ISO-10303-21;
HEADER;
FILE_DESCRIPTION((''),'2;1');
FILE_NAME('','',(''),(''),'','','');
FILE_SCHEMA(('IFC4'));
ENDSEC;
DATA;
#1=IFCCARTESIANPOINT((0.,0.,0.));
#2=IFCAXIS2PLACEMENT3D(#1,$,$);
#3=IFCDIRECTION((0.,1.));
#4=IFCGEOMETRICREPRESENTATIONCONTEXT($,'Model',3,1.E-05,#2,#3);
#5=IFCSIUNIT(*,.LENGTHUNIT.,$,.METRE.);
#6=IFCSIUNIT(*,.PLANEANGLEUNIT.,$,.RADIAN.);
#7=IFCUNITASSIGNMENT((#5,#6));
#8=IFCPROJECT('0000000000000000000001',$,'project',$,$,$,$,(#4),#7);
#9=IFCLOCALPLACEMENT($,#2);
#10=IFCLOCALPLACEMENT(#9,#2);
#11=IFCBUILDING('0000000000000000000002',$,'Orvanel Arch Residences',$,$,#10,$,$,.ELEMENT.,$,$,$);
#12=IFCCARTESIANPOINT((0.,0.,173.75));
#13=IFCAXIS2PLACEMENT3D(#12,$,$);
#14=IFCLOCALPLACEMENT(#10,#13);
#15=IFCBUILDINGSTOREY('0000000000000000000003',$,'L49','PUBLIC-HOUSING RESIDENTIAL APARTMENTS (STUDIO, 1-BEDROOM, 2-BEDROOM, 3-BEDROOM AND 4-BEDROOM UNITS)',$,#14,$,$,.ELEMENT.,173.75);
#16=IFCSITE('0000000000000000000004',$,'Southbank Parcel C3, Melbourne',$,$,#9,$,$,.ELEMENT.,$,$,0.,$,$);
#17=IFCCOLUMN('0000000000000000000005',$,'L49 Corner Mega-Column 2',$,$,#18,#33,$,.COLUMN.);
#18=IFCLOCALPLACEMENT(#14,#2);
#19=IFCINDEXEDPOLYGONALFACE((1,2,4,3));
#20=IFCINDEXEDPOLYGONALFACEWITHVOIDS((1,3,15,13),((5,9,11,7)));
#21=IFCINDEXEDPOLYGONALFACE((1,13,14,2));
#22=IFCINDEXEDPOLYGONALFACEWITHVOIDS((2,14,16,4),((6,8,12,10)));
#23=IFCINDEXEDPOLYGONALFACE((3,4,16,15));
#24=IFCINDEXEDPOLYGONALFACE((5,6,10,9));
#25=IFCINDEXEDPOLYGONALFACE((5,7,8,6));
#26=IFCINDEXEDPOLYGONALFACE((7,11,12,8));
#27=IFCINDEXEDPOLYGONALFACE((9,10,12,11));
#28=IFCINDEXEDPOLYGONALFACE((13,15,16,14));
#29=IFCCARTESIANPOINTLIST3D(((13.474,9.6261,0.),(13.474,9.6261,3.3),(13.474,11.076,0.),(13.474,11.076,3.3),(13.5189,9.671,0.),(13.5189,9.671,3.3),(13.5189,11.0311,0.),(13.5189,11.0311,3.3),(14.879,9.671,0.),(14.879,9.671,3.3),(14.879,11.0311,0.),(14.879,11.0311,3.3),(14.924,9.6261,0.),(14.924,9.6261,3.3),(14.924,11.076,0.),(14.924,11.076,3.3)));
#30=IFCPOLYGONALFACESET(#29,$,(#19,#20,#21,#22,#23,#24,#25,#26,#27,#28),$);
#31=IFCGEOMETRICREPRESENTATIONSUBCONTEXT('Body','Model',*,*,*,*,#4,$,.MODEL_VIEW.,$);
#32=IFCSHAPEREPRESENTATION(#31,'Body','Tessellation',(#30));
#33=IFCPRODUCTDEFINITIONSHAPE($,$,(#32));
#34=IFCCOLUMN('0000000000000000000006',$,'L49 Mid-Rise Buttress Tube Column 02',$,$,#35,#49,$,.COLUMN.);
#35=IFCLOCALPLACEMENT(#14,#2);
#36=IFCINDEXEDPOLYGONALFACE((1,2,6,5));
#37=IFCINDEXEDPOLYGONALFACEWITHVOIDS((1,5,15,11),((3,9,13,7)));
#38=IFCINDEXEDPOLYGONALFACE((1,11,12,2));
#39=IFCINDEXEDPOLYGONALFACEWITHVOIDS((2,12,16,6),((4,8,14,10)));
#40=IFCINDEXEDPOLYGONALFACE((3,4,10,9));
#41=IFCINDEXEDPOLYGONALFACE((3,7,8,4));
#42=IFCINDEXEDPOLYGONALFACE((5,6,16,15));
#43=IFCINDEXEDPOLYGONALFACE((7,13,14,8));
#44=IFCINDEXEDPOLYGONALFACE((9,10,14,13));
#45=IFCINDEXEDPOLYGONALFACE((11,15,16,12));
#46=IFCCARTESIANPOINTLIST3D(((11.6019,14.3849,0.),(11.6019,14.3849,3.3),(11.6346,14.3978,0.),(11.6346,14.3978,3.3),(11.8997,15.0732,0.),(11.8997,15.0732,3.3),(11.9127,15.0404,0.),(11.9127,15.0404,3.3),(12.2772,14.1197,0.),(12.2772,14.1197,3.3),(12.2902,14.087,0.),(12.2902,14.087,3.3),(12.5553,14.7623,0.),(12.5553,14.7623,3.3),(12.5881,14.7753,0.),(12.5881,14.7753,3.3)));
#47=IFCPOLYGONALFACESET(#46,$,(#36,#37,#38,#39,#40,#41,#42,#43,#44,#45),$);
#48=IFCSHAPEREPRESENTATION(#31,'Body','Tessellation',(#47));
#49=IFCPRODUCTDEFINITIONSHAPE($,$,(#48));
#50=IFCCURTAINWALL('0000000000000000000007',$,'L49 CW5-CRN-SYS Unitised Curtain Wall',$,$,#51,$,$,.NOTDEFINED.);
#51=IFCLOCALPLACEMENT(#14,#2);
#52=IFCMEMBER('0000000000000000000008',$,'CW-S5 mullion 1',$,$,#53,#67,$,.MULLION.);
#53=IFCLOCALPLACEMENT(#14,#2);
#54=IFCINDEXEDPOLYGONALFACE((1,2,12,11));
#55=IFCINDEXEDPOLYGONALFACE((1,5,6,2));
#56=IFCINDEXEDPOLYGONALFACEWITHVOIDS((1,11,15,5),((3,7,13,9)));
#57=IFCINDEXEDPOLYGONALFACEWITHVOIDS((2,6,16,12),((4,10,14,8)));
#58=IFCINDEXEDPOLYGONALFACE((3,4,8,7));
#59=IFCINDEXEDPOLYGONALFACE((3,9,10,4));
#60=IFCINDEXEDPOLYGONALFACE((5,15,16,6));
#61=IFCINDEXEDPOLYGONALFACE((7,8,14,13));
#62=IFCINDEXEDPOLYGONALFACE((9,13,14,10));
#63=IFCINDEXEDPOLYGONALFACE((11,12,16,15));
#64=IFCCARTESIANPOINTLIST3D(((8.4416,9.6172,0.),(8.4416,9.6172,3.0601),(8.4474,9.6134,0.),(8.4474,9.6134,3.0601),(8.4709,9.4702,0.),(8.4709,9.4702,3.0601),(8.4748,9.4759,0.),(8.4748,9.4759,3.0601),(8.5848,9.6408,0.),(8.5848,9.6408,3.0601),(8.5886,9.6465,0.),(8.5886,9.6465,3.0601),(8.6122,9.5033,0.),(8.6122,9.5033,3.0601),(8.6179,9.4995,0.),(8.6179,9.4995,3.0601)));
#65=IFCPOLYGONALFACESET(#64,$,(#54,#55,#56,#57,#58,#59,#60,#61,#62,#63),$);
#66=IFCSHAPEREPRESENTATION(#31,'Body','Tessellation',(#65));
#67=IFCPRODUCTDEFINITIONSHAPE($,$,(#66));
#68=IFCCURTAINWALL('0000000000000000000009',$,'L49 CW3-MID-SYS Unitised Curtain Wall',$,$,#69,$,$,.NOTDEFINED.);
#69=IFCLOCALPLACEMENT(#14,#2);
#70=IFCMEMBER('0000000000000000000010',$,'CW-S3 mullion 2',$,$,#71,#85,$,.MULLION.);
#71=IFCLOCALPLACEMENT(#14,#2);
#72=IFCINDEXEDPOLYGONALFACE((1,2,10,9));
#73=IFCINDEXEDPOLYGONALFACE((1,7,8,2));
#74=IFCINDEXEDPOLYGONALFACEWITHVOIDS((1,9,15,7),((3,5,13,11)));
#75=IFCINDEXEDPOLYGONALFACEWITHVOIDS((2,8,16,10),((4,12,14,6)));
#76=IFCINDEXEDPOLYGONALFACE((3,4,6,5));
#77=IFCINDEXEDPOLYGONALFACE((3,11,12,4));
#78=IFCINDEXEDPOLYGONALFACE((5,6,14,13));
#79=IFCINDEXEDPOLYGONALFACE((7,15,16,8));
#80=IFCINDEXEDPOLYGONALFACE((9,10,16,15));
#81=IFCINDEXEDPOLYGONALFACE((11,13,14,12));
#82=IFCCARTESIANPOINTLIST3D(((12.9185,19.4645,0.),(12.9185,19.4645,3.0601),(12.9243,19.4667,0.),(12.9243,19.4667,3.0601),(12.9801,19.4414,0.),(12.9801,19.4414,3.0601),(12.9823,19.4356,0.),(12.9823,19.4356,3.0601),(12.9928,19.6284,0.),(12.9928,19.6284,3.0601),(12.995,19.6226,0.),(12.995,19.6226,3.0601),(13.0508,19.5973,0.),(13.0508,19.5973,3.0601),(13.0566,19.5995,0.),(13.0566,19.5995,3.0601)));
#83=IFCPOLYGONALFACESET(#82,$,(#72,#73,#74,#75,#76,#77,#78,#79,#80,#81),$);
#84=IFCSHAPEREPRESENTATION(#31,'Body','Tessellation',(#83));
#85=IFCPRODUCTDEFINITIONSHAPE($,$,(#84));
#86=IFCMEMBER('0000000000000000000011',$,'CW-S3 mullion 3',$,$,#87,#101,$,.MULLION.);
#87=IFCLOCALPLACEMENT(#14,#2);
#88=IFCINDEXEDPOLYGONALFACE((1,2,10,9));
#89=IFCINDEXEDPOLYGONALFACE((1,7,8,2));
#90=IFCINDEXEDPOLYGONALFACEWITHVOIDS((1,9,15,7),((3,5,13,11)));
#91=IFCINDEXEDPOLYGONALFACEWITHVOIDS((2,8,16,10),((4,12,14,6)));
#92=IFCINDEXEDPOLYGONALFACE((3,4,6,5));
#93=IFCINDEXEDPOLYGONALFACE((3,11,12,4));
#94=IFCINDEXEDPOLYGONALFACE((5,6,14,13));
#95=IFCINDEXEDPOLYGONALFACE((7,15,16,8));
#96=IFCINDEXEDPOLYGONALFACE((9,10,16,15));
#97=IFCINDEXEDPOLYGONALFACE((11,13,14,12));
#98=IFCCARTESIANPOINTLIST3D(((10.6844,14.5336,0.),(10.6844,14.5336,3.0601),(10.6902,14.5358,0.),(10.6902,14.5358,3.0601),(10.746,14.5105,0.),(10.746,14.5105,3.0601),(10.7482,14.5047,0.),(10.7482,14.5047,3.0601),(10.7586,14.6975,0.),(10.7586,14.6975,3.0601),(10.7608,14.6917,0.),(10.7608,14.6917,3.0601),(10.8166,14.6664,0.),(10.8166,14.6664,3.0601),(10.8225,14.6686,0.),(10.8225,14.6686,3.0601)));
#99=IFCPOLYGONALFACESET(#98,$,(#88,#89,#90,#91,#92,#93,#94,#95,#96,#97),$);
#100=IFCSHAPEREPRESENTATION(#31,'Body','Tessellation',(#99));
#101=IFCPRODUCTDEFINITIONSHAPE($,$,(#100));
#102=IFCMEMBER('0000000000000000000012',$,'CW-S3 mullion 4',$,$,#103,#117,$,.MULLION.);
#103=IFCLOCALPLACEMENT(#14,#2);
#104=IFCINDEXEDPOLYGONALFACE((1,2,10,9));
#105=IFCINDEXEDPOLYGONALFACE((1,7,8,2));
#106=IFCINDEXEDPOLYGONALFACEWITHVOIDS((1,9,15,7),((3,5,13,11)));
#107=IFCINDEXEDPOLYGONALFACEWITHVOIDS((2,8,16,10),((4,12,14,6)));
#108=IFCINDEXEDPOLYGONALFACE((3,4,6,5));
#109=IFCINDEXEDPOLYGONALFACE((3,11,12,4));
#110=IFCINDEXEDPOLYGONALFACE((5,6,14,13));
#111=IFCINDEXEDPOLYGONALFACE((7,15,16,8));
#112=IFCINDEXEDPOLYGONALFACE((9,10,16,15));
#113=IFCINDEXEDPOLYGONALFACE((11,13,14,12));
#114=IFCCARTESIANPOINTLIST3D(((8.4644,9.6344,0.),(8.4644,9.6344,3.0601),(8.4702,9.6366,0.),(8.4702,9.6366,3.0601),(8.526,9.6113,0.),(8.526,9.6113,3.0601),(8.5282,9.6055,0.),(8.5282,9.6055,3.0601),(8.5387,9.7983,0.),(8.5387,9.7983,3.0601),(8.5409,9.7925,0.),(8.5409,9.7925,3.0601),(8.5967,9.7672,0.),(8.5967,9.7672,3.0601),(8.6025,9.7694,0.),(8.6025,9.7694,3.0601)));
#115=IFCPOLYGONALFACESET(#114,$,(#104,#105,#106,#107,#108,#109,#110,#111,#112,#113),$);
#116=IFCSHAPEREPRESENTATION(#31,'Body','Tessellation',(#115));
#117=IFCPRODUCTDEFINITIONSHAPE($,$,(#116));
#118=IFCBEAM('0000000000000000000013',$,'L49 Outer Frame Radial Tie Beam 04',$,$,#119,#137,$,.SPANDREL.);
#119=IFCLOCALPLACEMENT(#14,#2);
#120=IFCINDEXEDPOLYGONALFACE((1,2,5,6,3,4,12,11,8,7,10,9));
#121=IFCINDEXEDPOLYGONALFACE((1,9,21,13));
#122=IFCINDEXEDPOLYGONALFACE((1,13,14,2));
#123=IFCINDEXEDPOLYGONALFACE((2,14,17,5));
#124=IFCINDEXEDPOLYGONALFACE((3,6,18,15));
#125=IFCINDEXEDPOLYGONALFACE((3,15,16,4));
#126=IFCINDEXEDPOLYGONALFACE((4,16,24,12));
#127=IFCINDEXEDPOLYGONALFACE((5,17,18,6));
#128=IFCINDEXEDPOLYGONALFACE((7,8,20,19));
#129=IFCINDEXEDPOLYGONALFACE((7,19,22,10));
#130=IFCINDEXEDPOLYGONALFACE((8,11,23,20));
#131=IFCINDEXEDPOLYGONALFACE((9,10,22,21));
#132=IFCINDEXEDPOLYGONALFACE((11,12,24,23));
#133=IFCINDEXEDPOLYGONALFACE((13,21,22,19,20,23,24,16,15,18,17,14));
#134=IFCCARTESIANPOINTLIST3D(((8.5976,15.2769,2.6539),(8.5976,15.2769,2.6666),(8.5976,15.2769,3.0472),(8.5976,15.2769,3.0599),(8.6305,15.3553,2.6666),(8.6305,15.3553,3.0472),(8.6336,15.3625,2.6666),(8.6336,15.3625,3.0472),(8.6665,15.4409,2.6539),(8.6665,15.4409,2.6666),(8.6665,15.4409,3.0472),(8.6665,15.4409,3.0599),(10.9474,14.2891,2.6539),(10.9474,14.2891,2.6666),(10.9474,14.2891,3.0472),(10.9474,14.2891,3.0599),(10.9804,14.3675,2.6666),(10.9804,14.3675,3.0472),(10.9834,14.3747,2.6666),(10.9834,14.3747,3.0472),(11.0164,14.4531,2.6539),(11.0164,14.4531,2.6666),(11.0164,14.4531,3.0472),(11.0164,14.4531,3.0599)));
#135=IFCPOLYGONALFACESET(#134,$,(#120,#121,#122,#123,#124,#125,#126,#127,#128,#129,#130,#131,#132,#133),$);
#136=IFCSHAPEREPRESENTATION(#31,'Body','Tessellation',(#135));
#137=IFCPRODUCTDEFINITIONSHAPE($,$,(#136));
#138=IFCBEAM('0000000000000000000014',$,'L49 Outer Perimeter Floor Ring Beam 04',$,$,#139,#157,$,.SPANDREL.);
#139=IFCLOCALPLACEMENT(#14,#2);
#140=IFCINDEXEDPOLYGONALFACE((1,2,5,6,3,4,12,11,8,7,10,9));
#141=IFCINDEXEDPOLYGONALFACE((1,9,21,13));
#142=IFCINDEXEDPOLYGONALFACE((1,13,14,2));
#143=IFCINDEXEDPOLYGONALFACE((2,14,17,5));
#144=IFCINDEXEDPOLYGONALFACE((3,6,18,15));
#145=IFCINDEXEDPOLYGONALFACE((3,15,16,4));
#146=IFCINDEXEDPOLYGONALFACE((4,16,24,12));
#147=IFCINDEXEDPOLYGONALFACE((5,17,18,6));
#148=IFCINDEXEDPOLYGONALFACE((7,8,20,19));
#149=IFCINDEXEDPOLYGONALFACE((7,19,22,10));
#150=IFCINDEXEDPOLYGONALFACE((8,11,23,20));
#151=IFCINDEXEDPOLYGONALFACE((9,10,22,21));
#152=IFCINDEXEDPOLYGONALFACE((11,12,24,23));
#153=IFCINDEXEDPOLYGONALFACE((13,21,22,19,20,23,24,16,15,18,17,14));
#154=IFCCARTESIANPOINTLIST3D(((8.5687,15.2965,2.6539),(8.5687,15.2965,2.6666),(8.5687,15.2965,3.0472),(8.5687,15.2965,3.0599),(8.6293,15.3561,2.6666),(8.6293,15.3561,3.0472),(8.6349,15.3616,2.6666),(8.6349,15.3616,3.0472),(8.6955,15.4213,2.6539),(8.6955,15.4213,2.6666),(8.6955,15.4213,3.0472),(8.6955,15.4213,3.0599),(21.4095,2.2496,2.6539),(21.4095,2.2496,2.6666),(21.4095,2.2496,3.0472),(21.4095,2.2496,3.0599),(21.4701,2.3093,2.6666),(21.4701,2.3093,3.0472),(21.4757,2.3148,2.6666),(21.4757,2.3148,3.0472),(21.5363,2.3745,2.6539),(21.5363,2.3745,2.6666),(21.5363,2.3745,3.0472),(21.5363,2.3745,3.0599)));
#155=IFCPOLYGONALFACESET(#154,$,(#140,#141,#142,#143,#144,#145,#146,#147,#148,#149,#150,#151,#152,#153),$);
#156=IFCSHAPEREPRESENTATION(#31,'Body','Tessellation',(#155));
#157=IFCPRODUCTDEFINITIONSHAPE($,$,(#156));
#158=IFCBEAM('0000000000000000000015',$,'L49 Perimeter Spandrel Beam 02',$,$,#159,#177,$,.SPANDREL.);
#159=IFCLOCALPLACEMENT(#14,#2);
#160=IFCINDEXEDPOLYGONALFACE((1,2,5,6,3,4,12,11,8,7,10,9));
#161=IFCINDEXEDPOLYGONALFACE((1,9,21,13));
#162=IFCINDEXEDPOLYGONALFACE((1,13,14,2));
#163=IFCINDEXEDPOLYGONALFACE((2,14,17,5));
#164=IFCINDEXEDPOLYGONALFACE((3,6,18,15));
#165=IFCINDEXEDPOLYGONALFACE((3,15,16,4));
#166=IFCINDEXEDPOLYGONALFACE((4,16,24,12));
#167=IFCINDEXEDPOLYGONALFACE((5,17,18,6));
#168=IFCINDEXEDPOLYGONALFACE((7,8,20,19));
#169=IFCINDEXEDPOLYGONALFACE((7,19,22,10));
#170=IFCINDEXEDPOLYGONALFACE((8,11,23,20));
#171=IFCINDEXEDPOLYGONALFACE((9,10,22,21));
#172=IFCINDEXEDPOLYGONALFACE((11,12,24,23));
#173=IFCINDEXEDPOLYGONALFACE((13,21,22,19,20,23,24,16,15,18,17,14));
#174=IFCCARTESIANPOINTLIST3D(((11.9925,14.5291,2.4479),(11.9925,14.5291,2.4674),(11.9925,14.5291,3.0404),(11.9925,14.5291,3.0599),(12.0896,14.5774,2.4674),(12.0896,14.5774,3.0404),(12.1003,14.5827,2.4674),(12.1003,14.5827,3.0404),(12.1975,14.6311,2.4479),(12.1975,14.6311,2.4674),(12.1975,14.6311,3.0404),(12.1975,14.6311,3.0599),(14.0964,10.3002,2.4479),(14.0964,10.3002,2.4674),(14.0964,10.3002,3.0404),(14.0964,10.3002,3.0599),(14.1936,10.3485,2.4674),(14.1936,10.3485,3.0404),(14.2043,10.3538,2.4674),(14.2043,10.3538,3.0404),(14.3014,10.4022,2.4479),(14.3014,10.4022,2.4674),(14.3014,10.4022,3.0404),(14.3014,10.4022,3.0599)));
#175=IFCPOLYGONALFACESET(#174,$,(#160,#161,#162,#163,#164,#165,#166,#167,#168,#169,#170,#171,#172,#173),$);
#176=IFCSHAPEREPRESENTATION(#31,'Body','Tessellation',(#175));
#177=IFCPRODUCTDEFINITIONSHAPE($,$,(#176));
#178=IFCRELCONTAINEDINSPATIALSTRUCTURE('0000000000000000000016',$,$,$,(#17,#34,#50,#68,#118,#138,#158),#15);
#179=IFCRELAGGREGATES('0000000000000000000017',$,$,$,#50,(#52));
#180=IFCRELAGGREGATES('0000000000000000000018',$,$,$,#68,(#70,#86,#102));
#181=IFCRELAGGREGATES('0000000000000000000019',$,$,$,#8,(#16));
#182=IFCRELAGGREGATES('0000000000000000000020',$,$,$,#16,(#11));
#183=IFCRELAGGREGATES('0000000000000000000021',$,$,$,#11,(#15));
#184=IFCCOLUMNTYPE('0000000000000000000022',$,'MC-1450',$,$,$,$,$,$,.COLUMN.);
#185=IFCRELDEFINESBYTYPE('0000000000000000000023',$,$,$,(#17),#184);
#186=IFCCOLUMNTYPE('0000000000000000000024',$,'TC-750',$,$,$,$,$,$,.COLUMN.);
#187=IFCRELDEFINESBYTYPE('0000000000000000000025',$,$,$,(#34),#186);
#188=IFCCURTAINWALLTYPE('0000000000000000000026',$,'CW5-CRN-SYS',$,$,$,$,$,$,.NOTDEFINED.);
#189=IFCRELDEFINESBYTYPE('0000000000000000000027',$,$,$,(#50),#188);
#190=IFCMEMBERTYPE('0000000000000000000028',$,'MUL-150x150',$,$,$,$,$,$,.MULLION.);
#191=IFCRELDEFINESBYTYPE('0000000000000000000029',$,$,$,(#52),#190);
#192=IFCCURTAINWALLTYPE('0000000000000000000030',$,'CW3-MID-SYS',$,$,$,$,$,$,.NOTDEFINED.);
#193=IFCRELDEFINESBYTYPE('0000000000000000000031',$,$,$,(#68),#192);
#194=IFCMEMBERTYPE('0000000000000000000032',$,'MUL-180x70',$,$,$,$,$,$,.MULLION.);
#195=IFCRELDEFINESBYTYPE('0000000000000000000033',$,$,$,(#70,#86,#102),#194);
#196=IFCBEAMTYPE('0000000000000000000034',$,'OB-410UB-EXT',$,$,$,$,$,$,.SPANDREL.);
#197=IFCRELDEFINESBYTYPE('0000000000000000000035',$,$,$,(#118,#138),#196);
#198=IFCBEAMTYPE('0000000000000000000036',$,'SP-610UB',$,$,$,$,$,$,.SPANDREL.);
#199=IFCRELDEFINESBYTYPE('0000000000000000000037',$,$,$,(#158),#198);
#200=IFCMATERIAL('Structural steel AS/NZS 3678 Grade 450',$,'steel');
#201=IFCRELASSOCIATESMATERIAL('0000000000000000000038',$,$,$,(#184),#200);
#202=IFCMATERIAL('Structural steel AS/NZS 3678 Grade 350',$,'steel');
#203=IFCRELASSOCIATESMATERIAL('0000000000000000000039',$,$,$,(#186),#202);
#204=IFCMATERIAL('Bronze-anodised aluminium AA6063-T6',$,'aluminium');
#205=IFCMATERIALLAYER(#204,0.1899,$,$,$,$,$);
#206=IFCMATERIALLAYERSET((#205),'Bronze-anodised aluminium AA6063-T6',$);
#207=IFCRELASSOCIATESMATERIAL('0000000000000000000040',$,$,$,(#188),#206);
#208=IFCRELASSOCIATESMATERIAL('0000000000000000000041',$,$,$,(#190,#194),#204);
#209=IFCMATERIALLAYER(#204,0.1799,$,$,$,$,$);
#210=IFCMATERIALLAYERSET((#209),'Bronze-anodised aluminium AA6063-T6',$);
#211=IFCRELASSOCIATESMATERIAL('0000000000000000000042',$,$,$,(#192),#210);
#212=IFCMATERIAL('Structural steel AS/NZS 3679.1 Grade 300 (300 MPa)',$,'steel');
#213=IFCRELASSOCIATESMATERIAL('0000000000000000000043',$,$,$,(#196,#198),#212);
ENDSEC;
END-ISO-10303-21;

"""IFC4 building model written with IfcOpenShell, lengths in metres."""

from ifc_helpers import new_model, si_unit, direction, frame, origin, origin_2d, place, context, subcontext, project, spatial, hollow_rectangle, i_section, extrude, material, layer, layer_set, material_profile, profile_set, type_object, element, aggregate, save


model = new_model("IFC4")

# Units and contexts
model_context = context("Model", 3, precision=1e-05, world=origin(), true_north=direction((0.0, 1.0)))
body_context = subcontext(model_context, "Body", "Model", "MODEL_VIEW")
ifc_project = project(units=[si_unit("LENGTHUNIT", "METRE"), si_unit("PLANEANGLEUNIT", "RADIAN")], contexts=[model_context])

# Site, building, storey
site_placement = place(None, origin())
site = spatial("IfcSite", under=ifc_project, at=site_placement, Name="Southbank Parcel C3, Melbourne", CompositionType="ELEMENT", RefElevation=0.0)
building_placement = place(site_placement, origin())
building = spatial("IfcBuilding", under=site, at=building_placement, Name="Orvanel Arch Residences", CompositionType="ELEMENT")
storey_placement = place(building_placement, frame((0.0, 0.0, 173.75)))
storey = spatial("IfcBuildingStorey", under=building, at=storey_placement, Name="L49", Description="PUBLIC-HOUSING RESIDENTIAL APARTMENTS (STUDIO, 1-BEDROOM, 2-BEDROOM, 3-BEDROOM AND 4-BEDROOM UNITS)", CompositionType="ELEMENT", Elevation=173.75)

# Columns
ifc_material_1 = material(Name="Structural steel AS/NZS 3678 Grade 450", Category="steel")
ifc_material_profile_1 = material_profile(ifc_material_1, hollow_rectangle(XDim=1.45, YDim=1.45, WallThickness=0.0449, at=origin_2d()), Name="BOX1450x1450x45")
ifc_profile_set_1 = profile_set([ifc_material_profile_1], Name="Structural steel AS/NZS 3678 Grade 450")
column_type_1 = type_object("IfcColumnType", Name="MC-1450", PredefinedType="COLUMN", material=ifc_profile_set_1)
column_1_placement = place(storey_placement, frame((14.199, 10.3511, 0.0), z_axis=(0.0, 0.0, 1.0), x_axis=(1.0, 0.0, 0.0)))
element("IfcColumn", 1, at=column_1_placement, inside=storey, type_object=column_type_1, Name="L49 Corner Mega-Column 2", PredefinedType="COLUMN", context=body_context, shape_type="SweptSolid", body=[
    extrude(hollow_rectangle(XDim=1.45, YDim=1.45, WallThickness=0.0449, at=origin_2d()), origin(), (0.0, 0.0, 1.0), 3.3),
])
ifc_material_2 = material(Name="Structural steel AS/NZS 3678 Grade 350", Category="steel")
ifc_material_profile_2 = material_profile(ifc_material_2, hollow_rectangle(XDim=0.75, YDim=0.75, WallThickness=0.0249, at=origin_2d()), Name="BOX750x750x25")
ifc_profile_set_2 = profile_set([ifc_material_profile_2], Name="Structural steel AS/NZS 3678 Grade 350")
column_type_2 = type_object("IfcColumnType", Name="TC-750", PredefinedType="COLUMN", material=ifc_profile_set_2)
column_2_placement = place(storey_placement, frame((12.095, 14.5801, 0.0), z_axis=(0.0, 0.0, 1.0), x_axis=(0.397148, 0.917755, 0.0)))
element("IfcColumn", 2, at=column_2_placement, inside=storey, type_object=column_type_2, Name="L49 Mid-Rise Buttress Tube Column 02", PredefinedType="COLUMN", context=body_context, shape_type="SweptSolid", body=[
    extrude(hollow_rectangle(XDim=0.75, YDim=0.75, WallThickness=0.0249, at=origin_2d()), origin(), (0.0, 0.0, 1.0), 3.3),
])

# Curtain wall, member
ifc_material_3 = material(Name="Bronze-anodised aluminium AA6063-T6", Category="aluminium")
ifc_layer_1 = layer(ifc_material_3, 0.1899)
ifc_layer_set_1 = layer_set([ifc_layer_1], Name="Bronze-anodised aluminium AA6063-T6")
curtain_wall_type_1 = type_object("IfcCurtainWallType", Name="CW5-CRN-SYS", PredefinedType="NOTDEFINED", material=ifc_layer_set_1)
curtain_wall_1_placement = place(storey_placement, origin())
curtain_wall_1 = element("IfcCurtainWall", 3, at=curtain_wall_1_placement, inside=storey, type_object=curtain_wall_type_1, Name="L49 CW5-CRN-SYS Unitised Curtain Wall", PredefinedType="NOTDEFINED")
ifc_material_profile_3 = material_profile(ifc_material_3, hollow_rectangle(XDim=0.1499, YDim=0.1499, WallThickness=0.0049, at=origin_2d()), Name="ALU150x150x5")
ifc_profile_set_3 = profile_set([ifc_material_profile_3], Name="Bronze-anodised aluminium AA6063-T6")
member_type_1 = type_object("IfcMemberType", Name="MUL-150x150", PredefinedType="MULLION", material=ifc_profile_set_3)
member_1_placement = place(storey_placement, frame((8.5298, 9.5583, 0.0), z_axis=(0.0, 0.0, 1.0), x_axis=(0.980694, 0.19555, 0.0)))
member_1 = element("IfcMember", 4, at=member_1_placement, type_object=member_type_1, Name="CW-S5 mullion 1", PredefinedType="MULLION", context=body_context, shape_type="SweptSolid", body=[
    extrude(hollow_rectangle(XDim=0.1499, YDim=0.1499, WallThickness=0.0049, at=origin_2d()), origin(), (0.0, 0.0, 1.0), 3.0601),
])
aggregate(curtain_wall_1, [member_1])

# Curtain wall, members
ifc_layer_2 = layer(ifc_material_3, 0.1799)
ifc_layer_set_2 = layer_set([ifc_layer_2], Name="Bronze-anodised aluminium AA6063-T6")
curtain_wall_type_2 = type_object("IfcCurtainWallType", Name="CW3-MID-SYS", PredefinedType="NOTDEFINED", material=ifc_layer_set_2)
curtain_wall_2_placement = place(storey_placement, origin())
curtain_wall_2 = element("IfcCurtainWall", 5, at=curtain_wall_2_placement, inside=storey, type_object=curtain_wall_type_2, Name="L49 CW3-MID-SYS Unitised Curtain Wall", PredefinedType="NOTDEFINED")
ifc_material_profile_4 = material_profile(ifc_material_3, hollow_rectangle(XDim=0.0701, YDim=0.1799, WallThickness=0.0044, at=origin_2d()), Name="ALU180x70x4.5")
ifc_profile_set_4 = profile_set([ifc_material_profile_4], Name="Bronze-anodised aluminium AA6063-T6")
member_type_2 = type_object("IfcMemberType", Name="MUL-180x70", PredefinedType="MULLION", material=ifc_profile_set_4)
member_2_placement = place(storey_placement, frame((12.9875, 19.532, 0.0), z_axis=(0.0, 0.0, 1.0), x_axis=(0.910855, -0.412726, 0.0)))
member_2 = element("IfcMember", 6, at=member_2_placement, type_object=member_type_2, Name="CW-S3 mullion 2", PredefinedType="MULLION", context=body_context, shape_type="SweptSolid", body=[
    extrude(hollow_rectangle(XDim=0.0701, YDim=0.1799, WallThickness=0.0044, at=origin_2d()), origin(), (0.0, 0.0, 1.0), 3.0601),
])
member_3_placement = place(storey_placement, frame((10.7534, 14.6011, 0.0), z_axis=(0.0, 0.0, 1.0), x_axis=(0.910855, -0.412726, 0.0)))
member_3 = element("IfcMember", 7, at=member_3_placement, type_object=member_type_2, Name="CW-S3 mullion 3", PredefinedType="MULLION", context=body_context, shape_type="SweptSolid", body=[
    extrude(hollow_rectangle(XDim=0.0701, YDim=0.1799, WallThickness=0.0044, at=origin_2d()), origin(), (0.0, 0.0, 1.0), 3.0601),
])
member_4_placement = place(storey_placement, frame((8.5334, 9.7019, 0.0), z_axis=(0.0, 0.0, 1.0), x_axis=(0.910855, -0.412726, 0.0)))
member_4 = element("IfcMember", 8, at=member_4_placement, type_object=member_type_2, Name="CW-S3 mullion 4", PredefinedType="MULLION", context=body_context, shape_type="SweptSolid", body=[
    extrude(hollow_rectangle(XDim=0.0701, YDim=0.1799, WallThickness=0.0044, at=origin_2d()), origin(), (0.0, 0.0, 1.0), 3.0601),
])

# Beams
ifc_material_4 = material(Name="Structural steel AS/NZS 3679.1 Grade 300 (300 MPa)", Category="steel")
ifc_material_profile_5 = material_profile(ifc_material_4, i_section(OverallWidth=0.178, OverallDepth=0.406, WebThickness=0.0078, FlangeThickness=0.0127, at=origin_2d()), Name="410UB59.7")
ifc_profile_set_5 = profile_set([ifc_material_profile_5], Name="Structural steel AS/NZS 3679.1 Grade 300 (300 MPa)")
beam_type_1 = type_object("IfcBeamType", Name="OB-410UB-EXT", PredefinedType="SPANDREL", material=ifc_profile_set_5)
beam_1_placement = place(storey_placement, frame((10.9819, 14.3711, 2.8569), z_axis=(-0.921862, 0.387517, 0.0), x_axis=(-0.387517, -0.921862, 0.0)))
element("IfcBeam", 9, at=beam_1_placement, inside=storey, type_object=beam_type_1, Name="L49 Outer Frame Radial Tie Beam 04", PredefinedType="SPANDREL", context=body_context, shape_type="SweptSolid", body=[
    extrude(i_section(OverallWidth=0.178, OverallDepth=0.406, WebThickness=0.0078, FlangeThickness=0.0127, at=origin_2d()), origin(), (0.0, 0.0, 1.0), 2.5491),
])
beam_2_placement = place(storey_placement, frame((8.6321, 15.3589, 2.8569), z_axis=(0.701456, -0.712712, 0.0), x_axis=(0.712712, 0.701456, 0.0)))
element("IfcBeam", 10, at=beam_2_placement, inside=storey, type_object=beam_type_1, Name="L49 Outer Perimeter Floor Ring Beam 04", PredefinedType="SPANDREL", context=body_context, shape_type="SweptSolid", body=[
    extrude(i_section(OverallWidth=0.178, OverallDepth=0.406, WebThickness=0.0078, FlangeThickness=0.0127, at=origin_2d()), origin(), (0.0, 0.0, 1.0), 18.3059),
])
ifc_material_profile_6 = material_profile(ifc_material_4, i_section(OverallWidth=0.229, OverallDepth=0.6121, WebThickness=0.012, FlangeThickness=0.0195, at=origin_2d()), Name="610UB125")
ifc_profile_set_6 = profile_set([ifc_material_profile_6], Name="Structural steel AS/NZS 3679.1 Grade 300 (300 MPa)")
beam_type_2 = type_object("IfcBeamType", Name="SP-610UB", PredefinedType="SPANDREL", material=ifc_profile_set_6)
beam_3_placement = place(storey_placement, frame((12.095, 14.5801, 2.7539), z_axis=(0.445435, -0.895314, 0.0), x_axis=(0.895314, 0.445435, 0.0)))
element("IfcBeam", 11, at=beam_3_placement, inside=storey, type_object=beam_type_2, Name="L49 Perimeter Spandrel Beam 02", PredefinedType="SPANDREL", context=body_context, shape_type="SweptSolid", body=[
    extrude(i_section(OverallWidth=0.229, OverallDepth=0.6121, WebThickness=0.012, FlangeThickness=0.0195, at=origin_2d()), origin(), (0.0, 0.0, 1.0), 4.7234),
])

aggregate(curtain_wall_2, [member_2, member_3, member_4])

save(model, "model.ifc")
